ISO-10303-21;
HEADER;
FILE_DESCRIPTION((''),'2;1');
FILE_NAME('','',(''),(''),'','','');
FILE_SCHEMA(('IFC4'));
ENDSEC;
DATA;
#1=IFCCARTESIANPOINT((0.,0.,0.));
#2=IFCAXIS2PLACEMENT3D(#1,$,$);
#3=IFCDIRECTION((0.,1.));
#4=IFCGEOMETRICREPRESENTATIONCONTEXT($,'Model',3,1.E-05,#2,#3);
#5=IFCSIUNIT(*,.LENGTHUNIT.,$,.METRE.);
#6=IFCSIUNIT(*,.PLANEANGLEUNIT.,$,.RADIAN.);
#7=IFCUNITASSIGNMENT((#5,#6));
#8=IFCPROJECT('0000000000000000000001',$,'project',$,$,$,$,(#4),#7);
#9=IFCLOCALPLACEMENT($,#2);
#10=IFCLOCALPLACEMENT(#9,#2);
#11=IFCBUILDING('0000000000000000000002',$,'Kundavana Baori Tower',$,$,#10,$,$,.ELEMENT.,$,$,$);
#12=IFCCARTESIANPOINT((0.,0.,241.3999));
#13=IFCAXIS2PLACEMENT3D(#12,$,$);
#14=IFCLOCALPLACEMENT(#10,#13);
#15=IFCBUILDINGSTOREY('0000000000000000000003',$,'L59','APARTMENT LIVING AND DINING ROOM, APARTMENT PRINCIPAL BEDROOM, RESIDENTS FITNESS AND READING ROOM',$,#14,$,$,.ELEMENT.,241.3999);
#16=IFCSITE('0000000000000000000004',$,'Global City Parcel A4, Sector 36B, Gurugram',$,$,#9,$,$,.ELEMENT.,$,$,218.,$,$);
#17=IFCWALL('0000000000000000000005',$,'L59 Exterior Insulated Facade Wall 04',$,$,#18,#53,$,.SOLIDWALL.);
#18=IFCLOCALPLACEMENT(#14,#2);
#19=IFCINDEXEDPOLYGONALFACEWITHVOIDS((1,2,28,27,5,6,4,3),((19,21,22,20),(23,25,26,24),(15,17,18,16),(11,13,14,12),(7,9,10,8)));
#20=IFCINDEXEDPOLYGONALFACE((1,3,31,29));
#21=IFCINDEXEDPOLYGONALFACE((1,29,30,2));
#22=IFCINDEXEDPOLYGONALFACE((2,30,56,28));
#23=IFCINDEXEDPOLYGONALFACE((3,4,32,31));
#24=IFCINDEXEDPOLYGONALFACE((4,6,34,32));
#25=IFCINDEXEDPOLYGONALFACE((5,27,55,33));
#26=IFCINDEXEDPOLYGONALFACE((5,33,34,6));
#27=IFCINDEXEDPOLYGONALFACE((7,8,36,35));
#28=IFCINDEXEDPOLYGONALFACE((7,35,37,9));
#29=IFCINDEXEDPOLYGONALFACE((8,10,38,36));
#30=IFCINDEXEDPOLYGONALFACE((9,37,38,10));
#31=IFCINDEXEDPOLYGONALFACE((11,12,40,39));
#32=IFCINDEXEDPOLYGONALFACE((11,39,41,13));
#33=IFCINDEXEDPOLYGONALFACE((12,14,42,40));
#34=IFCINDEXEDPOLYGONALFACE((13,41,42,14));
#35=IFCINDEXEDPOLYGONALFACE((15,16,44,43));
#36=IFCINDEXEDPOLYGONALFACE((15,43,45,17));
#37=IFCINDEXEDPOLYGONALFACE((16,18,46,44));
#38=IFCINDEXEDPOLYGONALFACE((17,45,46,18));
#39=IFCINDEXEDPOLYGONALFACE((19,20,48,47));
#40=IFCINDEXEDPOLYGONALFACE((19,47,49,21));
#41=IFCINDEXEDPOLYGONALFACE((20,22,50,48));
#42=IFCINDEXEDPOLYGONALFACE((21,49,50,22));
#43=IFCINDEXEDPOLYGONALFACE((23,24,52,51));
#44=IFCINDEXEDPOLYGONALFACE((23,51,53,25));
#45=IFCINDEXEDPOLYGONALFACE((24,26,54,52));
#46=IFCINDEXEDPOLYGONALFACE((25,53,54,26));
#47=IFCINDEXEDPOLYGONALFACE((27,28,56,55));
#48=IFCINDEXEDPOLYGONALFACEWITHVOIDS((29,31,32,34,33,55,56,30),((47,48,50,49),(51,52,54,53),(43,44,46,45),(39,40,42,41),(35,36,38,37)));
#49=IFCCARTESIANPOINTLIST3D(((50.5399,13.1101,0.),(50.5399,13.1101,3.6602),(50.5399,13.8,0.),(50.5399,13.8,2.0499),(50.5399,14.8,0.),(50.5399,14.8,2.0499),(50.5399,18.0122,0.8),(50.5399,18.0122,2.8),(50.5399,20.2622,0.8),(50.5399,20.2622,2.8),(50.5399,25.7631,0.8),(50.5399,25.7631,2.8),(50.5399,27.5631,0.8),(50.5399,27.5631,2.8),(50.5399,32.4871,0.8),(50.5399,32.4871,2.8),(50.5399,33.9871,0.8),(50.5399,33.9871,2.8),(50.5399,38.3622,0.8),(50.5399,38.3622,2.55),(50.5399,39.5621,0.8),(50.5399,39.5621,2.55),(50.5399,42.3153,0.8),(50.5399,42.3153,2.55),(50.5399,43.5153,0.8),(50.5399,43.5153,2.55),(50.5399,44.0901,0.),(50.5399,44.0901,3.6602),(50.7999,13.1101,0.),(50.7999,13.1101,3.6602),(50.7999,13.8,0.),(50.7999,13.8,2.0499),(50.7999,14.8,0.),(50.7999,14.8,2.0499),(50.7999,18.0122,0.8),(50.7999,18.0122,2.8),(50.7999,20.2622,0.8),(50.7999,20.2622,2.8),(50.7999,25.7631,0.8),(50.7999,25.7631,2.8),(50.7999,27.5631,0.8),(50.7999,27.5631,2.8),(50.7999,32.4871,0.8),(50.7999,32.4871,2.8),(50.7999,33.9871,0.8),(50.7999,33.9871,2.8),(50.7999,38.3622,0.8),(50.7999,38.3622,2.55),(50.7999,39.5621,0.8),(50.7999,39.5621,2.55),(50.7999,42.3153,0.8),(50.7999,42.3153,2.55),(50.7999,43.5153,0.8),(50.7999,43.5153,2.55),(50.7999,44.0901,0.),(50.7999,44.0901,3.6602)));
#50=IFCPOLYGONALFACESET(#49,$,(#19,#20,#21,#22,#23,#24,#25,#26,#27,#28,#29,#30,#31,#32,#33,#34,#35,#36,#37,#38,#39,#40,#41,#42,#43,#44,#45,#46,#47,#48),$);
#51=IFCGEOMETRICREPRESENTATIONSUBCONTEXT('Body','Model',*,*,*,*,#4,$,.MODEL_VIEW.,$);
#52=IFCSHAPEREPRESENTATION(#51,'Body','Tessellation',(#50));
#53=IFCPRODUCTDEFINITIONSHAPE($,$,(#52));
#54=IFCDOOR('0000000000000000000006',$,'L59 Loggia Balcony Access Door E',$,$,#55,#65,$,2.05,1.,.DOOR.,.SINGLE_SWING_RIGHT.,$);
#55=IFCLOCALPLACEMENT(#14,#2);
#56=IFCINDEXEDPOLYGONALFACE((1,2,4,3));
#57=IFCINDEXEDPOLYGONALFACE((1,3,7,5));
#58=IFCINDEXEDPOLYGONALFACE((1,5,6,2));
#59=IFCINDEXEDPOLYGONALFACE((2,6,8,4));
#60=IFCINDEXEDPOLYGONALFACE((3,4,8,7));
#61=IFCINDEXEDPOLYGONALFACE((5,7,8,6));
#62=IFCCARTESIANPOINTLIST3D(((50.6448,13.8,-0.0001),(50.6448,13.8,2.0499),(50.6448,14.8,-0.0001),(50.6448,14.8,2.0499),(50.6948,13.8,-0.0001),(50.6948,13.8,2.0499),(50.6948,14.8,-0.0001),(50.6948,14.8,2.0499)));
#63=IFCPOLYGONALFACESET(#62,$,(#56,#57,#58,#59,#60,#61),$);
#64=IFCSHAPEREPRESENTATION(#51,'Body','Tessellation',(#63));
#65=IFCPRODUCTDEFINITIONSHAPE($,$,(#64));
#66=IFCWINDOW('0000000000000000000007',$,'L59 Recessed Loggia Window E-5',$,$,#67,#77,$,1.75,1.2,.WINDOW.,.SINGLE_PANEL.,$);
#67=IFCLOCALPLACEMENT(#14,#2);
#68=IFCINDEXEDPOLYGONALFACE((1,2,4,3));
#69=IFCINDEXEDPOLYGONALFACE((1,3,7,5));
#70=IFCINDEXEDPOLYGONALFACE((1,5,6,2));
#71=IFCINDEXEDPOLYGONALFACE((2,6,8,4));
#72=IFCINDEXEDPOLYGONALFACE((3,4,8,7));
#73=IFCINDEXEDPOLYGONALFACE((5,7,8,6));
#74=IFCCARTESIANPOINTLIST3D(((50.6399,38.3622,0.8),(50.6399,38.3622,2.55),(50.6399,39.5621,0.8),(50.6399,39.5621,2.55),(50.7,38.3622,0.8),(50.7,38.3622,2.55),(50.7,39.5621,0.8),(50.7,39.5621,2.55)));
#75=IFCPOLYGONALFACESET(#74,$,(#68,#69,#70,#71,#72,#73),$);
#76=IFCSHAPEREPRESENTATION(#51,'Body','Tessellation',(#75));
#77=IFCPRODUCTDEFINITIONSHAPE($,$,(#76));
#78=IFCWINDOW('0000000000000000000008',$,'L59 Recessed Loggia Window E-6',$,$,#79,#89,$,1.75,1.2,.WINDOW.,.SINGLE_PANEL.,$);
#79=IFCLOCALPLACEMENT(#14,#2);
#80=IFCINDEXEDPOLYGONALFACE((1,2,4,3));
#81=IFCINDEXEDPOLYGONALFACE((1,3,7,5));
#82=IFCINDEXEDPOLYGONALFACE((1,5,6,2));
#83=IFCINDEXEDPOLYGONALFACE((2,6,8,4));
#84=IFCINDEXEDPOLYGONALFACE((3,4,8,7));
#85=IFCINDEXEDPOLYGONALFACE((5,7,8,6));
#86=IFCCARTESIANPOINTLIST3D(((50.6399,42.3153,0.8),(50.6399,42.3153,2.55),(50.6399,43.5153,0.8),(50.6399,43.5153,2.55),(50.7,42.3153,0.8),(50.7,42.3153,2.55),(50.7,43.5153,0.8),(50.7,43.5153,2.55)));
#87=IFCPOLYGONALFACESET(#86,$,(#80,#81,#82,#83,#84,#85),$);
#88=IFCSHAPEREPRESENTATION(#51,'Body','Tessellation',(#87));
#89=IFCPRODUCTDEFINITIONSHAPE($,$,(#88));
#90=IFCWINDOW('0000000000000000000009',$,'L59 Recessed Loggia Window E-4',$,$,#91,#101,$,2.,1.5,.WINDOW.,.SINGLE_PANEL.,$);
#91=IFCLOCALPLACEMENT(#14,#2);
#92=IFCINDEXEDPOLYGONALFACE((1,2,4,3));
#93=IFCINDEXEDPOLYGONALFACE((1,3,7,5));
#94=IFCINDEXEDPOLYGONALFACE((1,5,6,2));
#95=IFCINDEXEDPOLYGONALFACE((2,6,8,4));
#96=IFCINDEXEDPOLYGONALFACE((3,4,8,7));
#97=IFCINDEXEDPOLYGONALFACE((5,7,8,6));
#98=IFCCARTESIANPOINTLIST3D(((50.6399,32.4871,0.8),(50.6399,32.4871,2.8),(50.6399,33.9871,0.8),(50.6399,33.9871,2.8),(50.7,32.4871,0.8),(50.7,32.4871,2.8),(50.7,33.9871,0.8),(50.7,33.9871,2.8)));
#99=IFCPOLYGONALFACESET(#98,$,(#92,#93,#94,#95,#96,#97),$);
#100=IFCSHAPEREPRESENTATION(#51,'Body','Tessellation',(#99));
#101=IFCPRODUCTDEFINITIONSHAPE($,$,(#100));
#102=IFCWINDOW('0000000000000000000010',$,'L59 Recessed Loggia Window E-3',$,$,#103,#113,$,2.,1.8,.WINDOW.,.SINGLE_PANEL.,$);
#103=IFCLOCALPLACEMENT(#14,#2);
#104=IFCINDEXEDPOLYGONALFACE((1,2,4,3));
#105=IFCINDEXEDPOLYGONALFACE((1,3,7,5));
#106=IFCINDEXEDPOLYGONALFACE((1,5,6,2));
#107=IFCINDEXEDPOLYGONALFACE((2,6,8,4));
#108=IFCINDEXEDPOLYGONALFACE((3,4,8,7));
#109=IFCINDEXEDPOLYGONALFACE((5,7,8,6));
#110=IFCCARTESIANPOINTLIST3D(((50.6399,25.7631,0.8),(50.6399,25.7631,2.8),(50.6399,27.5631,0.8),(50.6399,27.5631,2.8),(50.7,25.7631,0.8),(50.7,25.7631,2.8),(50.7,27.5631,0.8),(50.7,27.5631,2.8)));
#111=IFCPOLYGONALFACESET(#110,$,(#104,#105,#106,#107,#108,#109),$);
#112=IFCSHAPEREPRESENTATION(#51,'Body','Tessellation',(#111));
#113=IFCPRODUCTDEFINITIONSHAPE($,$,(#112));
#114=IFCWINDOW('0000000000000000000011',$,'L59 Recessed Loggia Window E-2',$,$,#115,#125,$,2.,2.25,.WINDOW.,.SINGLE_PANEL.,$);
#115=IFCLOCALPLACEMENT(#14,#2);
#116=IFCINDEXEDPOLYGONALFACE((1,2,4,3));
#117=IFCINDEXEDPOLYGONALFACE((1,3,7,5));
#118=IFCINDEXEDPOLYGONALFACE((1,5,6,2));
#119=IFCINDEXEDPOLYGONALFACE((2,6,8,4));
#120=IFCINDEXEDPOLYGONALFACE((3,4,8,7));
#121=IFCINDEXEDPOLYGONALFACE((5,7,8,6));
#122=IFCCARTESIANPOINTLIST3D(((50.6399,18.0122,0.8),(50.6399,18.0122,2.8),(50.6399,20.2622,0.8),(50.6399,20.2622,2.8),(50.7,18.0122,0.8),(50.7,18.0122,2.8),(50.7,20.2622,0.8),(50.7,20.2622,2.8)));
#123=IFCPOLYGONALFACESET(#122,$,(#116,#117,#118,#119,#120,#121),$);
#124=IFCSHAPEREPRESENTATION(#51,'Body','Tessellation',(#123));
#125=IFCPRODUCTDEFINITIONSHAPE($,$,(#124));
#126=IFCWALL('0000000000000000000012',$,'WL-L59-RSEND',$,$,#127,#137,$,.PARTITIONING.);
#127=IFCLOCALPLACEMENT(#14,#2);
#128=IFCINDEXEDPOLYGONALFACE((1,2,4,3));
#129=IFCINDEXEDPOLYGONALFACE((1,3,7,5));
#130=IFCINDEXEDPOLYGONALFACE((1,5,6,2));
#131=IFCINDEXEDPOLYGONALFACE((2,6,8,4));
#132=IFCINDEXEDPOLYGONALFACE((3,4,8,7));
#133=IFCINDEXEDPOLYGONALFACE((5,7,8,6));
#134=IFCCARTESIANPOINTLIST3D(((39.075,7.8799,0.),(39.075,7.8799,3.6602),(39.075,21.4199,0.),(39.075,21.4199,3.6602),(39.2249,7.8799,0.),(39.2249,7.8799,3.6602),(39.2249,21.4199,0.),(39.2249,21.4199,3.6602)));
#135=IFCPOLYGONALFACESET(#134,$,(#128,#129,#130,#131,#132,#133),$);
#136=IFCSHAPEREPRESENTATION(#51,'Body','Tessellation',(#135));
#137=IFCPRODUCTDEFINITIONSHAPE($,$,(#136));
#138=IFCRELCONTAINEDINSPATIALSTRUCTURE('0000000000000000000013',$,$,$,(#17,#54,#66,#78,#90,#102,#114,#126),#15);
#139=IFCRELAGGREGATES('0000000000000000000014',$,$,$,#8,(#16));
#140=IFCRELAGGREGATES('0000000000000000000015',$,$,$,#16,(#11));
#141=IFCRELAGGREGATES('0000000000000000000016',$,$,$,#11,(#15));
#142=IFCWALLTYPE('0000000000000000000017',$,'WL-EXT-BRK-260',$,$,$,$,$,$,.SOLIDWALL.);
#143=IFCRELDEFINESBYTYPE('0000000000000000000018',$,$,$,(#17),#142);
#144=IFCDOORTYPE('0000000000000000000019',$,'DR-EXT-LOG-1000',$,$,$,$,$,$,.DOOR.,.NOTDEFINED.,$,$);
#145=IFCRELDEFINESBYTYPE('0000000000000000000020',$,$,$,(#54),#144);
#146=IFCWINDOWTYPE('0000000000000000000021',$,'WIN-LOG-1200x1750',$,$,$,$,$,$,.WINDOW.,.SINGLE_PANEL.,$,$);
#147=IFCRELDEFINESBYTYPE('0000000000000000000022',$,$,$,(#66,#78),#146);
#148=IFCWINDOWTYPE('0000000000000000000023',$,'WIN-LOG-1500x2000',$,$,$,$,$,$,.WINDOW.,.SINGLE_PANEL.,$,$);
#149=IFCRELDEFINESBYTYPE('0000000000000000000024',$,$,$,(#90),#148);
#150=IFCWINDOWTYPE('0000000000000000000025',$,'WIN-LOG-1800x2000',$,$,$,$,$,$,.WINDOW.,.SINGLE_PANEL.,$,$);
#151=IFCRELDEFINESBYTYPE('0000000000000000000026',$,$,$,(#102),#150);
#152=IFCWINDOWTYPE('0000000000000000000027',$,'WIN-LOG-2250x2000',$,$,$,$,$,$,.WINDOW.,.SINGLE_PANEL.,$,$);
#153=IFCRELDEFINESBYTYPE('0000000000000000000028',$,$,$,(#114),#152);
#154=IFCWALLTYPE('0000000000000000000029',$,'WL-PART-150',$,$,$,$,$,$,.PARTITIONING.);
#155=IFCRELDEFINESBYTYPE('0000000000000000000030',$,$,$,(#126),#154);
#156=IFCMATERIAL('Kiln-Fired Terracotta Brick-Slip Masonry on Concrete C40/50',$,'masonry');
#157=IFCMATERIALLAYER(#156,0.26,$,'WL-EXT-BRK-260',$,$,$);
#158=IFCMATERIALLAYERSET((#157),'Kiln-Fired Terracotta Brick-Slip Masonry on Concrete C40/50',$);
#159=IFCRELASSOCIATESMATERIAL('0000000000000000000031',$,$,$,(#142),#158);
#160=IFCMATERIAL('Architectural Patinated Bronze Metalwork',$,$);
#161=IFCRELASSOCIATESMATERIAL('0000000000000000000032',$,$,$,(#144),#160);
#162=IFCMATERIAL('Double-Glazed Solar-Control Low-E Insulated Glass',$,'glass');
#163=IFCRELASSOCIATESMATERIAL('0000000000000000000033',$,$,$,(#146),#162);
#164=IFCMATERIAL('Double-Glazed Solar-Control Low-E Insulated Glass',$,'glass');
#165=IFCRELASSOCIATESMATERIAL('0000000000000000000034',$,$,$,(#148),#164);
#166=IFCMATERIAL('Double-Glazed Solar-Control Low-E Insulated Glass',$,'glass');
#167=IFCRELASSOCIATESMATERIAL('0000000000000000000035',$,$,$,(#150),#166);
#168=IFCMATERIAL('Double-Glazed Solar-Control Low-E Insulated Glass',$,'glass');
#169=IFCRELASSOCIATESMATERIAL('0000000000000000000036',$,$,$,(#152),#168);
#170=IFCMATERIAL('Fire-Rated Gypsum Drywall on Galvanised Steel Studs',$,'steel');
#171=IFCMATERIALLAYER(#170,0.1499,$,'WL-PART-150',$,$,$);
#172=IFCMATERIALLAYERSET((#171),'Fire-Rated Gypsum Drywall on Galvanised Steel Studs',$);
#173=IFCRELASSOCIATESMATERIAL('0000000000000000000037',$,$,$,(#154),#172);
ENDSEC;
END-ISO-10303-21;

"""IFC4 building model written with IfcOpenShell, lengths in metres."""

from ifc_helpers import new_model, si_unit, direction, frame, frame_2d, origin, place, context, subcontext, project, spatial, rectangle, extrude, material, layer, layer_set, type_object, element, fill, save


model = new_model("IFC4")

# Units and contexts
model_context = context("Model", 3, precision=1e-05, world=origin(), true_north=direction((0.0, 1.0)))
body_context = subcontext(model_context, "Body", "Model", "MODEL_VIEW")
ifc_project = project(units=[si_unit("LENGTHUNIT", "METRE"), si_unit("PLANEANGLEUNIT", "RADIAN")], contexts=[model_context])

# Site, building, storey
site_placement = place(None, origin())
site = spatial("IfcSite", under=ifc_project, at=site_placement, Name="Global City Parcel A4, Sector 36B, Gurugram", CompositionType="ELEMENT", RefElevation=218.0)
building_placement = place(site_placement, origin())
building = spatial("IfcBuilding", under=site, at=building_placement, Name="Kundavana Baori Tower", CompositionType="ELEMENT")
storey_placement = place(building_placement, frame((0.0, 0.0, 241.3999)))
storey = spatial("IfcBuildingStorey", under=building, at=storey_placement, Name="L59", Description="APARTMENT LIVING AND DINING ROOM, APARTMENT PRINCIPAL BEDROOM, RESIDENTS FITNESS AND READING ROOM", CompositionType="ELEMENT", Elevation=241.3999)

# Shared definitions
ifc_material_1 = material(Name="Kiln-Fired Terracotta Brick-Slip Masonry on Concrete C40/50", Category="masonry")
ifc_layer_1 = layer(ifc_material_1, 0.26, Name="WL-EXT-BRK-260")
ifc_layer_set_1 = layer_set([ifc_layer_1], Name="Kiln-Fired Terracotta Brick-Slip Masonry on Concrete C40/50")
wall_type_1 = type_object("IfcWallType", Name="WL-EXT-BRK-260", PredefinedType="SOLIDWALL", material=ifc_layer_set_1)

# Wall, openings, door, windows
wall_1_placement = place(storey_placement, frame((50.6699, 13.1101, 0.0), z_axis=(0.0, 0.0, 1.0), x_axis=(0.0, 1.0, 0.0)))
wall_1 = element("IfcWall", 1, at=wall_1_placement, inside=storey, type_object=wall_type_1, Name="L59 Exterior Insulated Facade Wall 04", PredefinedType="SOLIDWALL", context=body_context, shape_type="SweptSolid", body=[
    extrude(rectangle(XDim=30.98, YDim=0.26, at=frame_2d((15.49, 0.0))), origin(), (0.0, 0.0, 1.0), 3.6602),
])
opening_1_placement = place(wall_1_placement, frame((0.6899, 0.0, 0.0)))
opening_1 = element("IfcOpeningElement", 2, at=opening_1_placement, cuts=wall_1, PredefinedType="OPENING", context=body_context, shape_type="SweptSolid", body=[
    extrude(rectangle(XDim=1.0, YDim=2.05, at=frame_2d((0.5, 1.0249))), frame((0.0, 0.1401, 0.0), z_axis=(0.0, -1.0, 0.0), x_axis=(1.0, 0.0, 0.0)), (0.0, 0.0, 1.0), 0.28),
])
opening_2_placement = place(wall_1_placement, frame((4.9021, 0.0, 0.8)))
opening_2 = element("IfcOpeningElement", 3, at=opening_2_placement, cuts=wall_1, PredefinedType="OPENING", context=body_context, shape_type="SweptSolid", body=[
    extrude(rectangle(XDim=2.25, YDim=2.0, at=frame_2d((1.125, 1.0))), frame((0.0, 0.1401, 0.0), z_axis=(0.0, -1.0, 0.0), x_axis=(1.0, 0.0, 0.0)), (0.0, 0.0, 1.0), 0.28),
])
opening_3_placement = place(wall_1_placement, frame((12.6531, 0.0, 0.8)))
opening_3 = element("IfcOpeningElement", 4, at=opening_3_placement, cuts=wall_1, PredefinedType="OPENING", context=body_context, shape_type="SweptSolid", body=[
    extrude(rectangle(XDim=1.8, YDim=2.0, at=frame_2d((0.8999, 1.0))), frame((0.0, 0.1401, 0.0), z_axis=(0.0, -1.0, 0.0), x_axis=(1.0, 0.0, 0.0)), (0.0, 0.0, 1.0), 0.28),
])
opening_4_placement = place(wall_1_placement, frame((19.377, 0.0, 0.8)))
opening_4 = element("IfcOpeningElement", 5, at=opening_4_placement, cuts=wall_1, PredefinedType="OPENING", context=body_context, shape_type="SweptSolid", body=[
    extrude(rectangle(XDim=1.5, YDim=2.0, at=frame_2d((0.75, 1.0))), frame((0.0, 0.1401, 0.0), z_axis=(0.0, -1.0, 0.0), x_axis=(1.0, 0.0, 0.0)), (0.0, 0.0, 1.0), 0.28),
])
opening_5_placement = place(wall_1_placement, frame((25.252, 0.0, 0.8)))
opening_5 = element("IfcOpeningElement", 6, at=opening_5_placement, cuts=wall_1, PredefinedType="OPENING", context=body_context, shape_type="SweptSolid", body=[
    extrude(rectangle(XDim=1.2, YDim=1.75, at=frame_2d((0.6001, 0.875))), frame((0.0, 0.1401, 0.0), z_axis=(0.0, -1.0, 0.0), x_axis=(1.0, 0.0, 0.0)), (0.0, 0.0, 1.0), 0.28),
])
opening_6_placement = place(wall_1_placement, frame((29.2051, 0.0, 0.8)))
opening_6 = element("IfcOpeningElement", 7, at=opening_6_placement, cuts=wall_1, PredefinedType="OPENING", context=body_context, shape_type="SweptSolid", body=[
    extrude(rectangle(XDim=1.2, YDim=1.75, at=frame_2d((0.6001, 0.875))), frame((0.0, 0.1401, 0.0), z_axis=(0.0, -1.0, 0.0), x_axis=(1.0, 0.0, 0.0)), (0.0, 0.0, 1.0), 0.28),
])
ifc_material_2 = material(Name="Architectural Patinated Bronze Metalwork")
door_type_1 = type_object("IfcDoorType", Name="DR-EXT-LOG-1000", OperationType="NOTDEFINED", PredefinedType="DOOR", material=ifc_material_2)
door_1_placement = place(opening_1_placement, frame((1.0, 0.0, 0.0), z_axis=(0.0, 0.0, 1.0), x_axis=(-1.0, 0.0, 0.0)))
door_1 = element("IfcDoor", 8, at=door_1_placement, inside=storey, type_object=door_type_1, Name="L59 Loggia Balcony Access Door E", OperationType="SINGLE_SWING_RIGHT", OverallHeight=2.05, OverallWidth=1.0, PredefinedType="DOOR", context=body_context, shape_type="SweptSolid", body=[
    extrude(rectangle(XDim=1.0, YDim=2.05, at=frame_2d((0.5, 1.0249))), frame((0.0, 0.0249, 0.0), z_axis=(0.0, -1.0, 0.0), x_axis=(1.0, 0.0, 0.0)), (0.0, 0.0, 1.0), 0.05),
])
fill(opening_1, door_1)
ifc_material_3 = material(Name="Double-Glazed Solar-Control Low-E Insulated Glass", Category="glass")
window_type_1 = type_object("IfcWindowType", Name="WIN-LOG-1200x1750", PartitioningType="SINGLE_PANEL", PredefinedType="WINDOW", material=ifc_material_3)
window_1_placement = place(opening_5_placement, origin())
window_1 = element("IfcWindow", 9, at=window_1_placement, inside=storey, type_object=window_type_1, Name="L59 Recessed Loggia Window E-5", OverallHeight=1.75, OverallWidth=1.2, PartitioningType="SINGLE_PANEL", PredefinedType="WINDOW", context=body_context, shape_type="SweptSolid", body=[
    extrude(rectangle(XDim=1.2, YDim=1.75, at=frame_2d((0.6001, 0.875))), frame((0.0, 0.03, 0.0), z_axis=(0.0, -1.0, 0.0), x_axis=(1.0, 0.0, 0.0)), (0.0, 0.0, 1.0), 0.0601),
])
fill(opening_5, window_1)
window_2_placement = place(opening_6_placement, origin())
window_2 = element("IfcWindow", 10, at=window_2_placement, inside=storey, type_object=window_type_1, Name="L59 Recessed Loggia Window E-6", OverallHeight=1.75, OverallWidth=1.2, PartitioningType="SINGLE_PANEL", PredefinedType="WINDOW", context=body_context, shape_type="SweptSolid", body=[
    extrude(rectangle(XDim=1.2, YDim=1.75, at=frame_2d((0.6001, 0.875))), frame((0.0, 0.03, 0.0), z_axis=(0.0, -1.0, 0.0), x_axis=(1.0, 0.0, 0.0)), (0.0, 0.0, 1.0), 0.0601),
])
fill(opening_6, window_2)
ifc_material_4 = material(Name="Double-Glazed Solar-Control Low-E Insulated Glass", Category="glass")
window_type_2 = type_object("IfcWindowType", Name="WIN-LOG-1500x2000", PartitioningType="SINGLE_PANEL", PredefinedType="WINDOW", material=ifc_material_4)
window_3_placement = place(opening_4_placement, origin())
window_3 = element("IfcWindow", 11, at=window_3_placement, inside=storey, type_object=window_type_2, Name="L59 Recessed Loggia Window E-4", OverallHeight=2.0, OverallWidth=1.5, PartitioningType="SINGLE_PANEL", PredefinedType="WINDOW", context=body_context, shape_type="SweptSolid", body=[
    extrude(rectangle(XDim=1.5, YDim=2.0, at=frame_2d((0.75, 1.0))), frame((0.0, 0.03, 0.0), z_axis=(0.0, -1.0, 0.0), x_axis=(1.0, 0.0, 0.0)), (0.0, 0.0, 1.0), 0.0601),
])
fill(opening_4, window_3)
ifc_material_5 = material(Name="Double-Glazed Solar-Control Low-E Insulated Glass", Category="glass")
window_type_3 = type_object("IfcWindowType", Name="WIN-LOG-1800x2000", PartitioningType="SINGLE_PANEL", PredefinedType="WINDOW", material=ifc_material_5)
window_4_placement = place(opening_3_placement, origin())
window_4 = element("IfcWindow", 12, at=window_4_placement, inside=storey, type_object=window_type_3, Name="L59 Recessed Loggia Window E-3", OverallHeight=2.0, OverallWidth=1.8, PartitioningType="SINGLE_PANEL", PredefinedType="WINDOW", context=body_context, shape_type="SweptSolid", body=[
    extrude(rectangle(XDim=1.8, YDim=2.0, at=frame_2d((0.8999, 1.0))), frame((0.0, 0.03, 0.0), z_axis=(0.0, -1.0, 0.0), x_axis=(1.0, 0.0, 0.0)), (0.0, 0.0, 1.0), 0.0601),
])
fill(opening_3, window_4)
ifc_material_6 = material(Name="Double-Glazed Solar-Control Low-E Insulated Glass", Category="glass")
window_type_4 = type_object("IfcWindowType", Name="WIN-LOG-2250x2000", PartitioningType="SINGLE_PANEL", PredefinedType="WINDOW", material=ifc_material_6)
window_5_placement = place(opening_2_placement, origin())
window_5 = element("IfcWindow", 13, at=window_5_placement, inside=storey, type_object=window_type_4, Name="L59 Recessed Loggia Window E-2", OverallHeight=2.0, OverallWidth=2.25, PartitioningType="SINGLE_PANEL", PredefinedType="WINDOW", context=body_context, shape_type="SweptSolid", body=[
    extrude(rectangle(XDim=2.25, YDim=2.0, at=frame_2d((1.125, 1.0))), frame((0.0, 0.03, 0.0), z_axis=(0.0, -1.0, 0.0), x_axis=(1.0, 0.0, 0.0)), (0.0, 0.0, 1.0), 0.0601),
])
fill(opening_2, window_5)

# Wall
ifc_material_7 = material(Name="Fire-Rated Gypsum Drywall on Galvanised Steel Studs", Category="steel")
ifc_layer_2 = layer(ifc_material_7, 0.1499, Name="WL-PART-150")
ifc_layer_set_2 = layer_set([ifc_layer_2], Name="Fire-Rated Gypsum Drywall on Galvanised Steel Studs")
wall_type_2 = type_object("IfcWallType", Name="WL-PART-150", PredefinedType="PARTITIONING", material=ifc_layer_set_2)
wall_2_placement = place(storey_placement, frame((39.1499, 7.8799, 0.0), z_axis=(0.0, 0.0, 1.0), x_axis=(0.0, 1.0, 0.0)))
element("IfcWall", 14, at=wall_2_placement, inside=storey, type_object=wall_type_2, Name="WL-L59-RSEND", PredefinedType="PARTITIONING", context=body_context, shape_type="SweptSolid", body=[
    extrude(rectangle(XDim=13.54, YDim=0.1499, at=frame_2d((6.77, 0.0))), origin(), (0.0, 0.0, 1.0), 3.6602),
])

save(model, "model.ifc")
